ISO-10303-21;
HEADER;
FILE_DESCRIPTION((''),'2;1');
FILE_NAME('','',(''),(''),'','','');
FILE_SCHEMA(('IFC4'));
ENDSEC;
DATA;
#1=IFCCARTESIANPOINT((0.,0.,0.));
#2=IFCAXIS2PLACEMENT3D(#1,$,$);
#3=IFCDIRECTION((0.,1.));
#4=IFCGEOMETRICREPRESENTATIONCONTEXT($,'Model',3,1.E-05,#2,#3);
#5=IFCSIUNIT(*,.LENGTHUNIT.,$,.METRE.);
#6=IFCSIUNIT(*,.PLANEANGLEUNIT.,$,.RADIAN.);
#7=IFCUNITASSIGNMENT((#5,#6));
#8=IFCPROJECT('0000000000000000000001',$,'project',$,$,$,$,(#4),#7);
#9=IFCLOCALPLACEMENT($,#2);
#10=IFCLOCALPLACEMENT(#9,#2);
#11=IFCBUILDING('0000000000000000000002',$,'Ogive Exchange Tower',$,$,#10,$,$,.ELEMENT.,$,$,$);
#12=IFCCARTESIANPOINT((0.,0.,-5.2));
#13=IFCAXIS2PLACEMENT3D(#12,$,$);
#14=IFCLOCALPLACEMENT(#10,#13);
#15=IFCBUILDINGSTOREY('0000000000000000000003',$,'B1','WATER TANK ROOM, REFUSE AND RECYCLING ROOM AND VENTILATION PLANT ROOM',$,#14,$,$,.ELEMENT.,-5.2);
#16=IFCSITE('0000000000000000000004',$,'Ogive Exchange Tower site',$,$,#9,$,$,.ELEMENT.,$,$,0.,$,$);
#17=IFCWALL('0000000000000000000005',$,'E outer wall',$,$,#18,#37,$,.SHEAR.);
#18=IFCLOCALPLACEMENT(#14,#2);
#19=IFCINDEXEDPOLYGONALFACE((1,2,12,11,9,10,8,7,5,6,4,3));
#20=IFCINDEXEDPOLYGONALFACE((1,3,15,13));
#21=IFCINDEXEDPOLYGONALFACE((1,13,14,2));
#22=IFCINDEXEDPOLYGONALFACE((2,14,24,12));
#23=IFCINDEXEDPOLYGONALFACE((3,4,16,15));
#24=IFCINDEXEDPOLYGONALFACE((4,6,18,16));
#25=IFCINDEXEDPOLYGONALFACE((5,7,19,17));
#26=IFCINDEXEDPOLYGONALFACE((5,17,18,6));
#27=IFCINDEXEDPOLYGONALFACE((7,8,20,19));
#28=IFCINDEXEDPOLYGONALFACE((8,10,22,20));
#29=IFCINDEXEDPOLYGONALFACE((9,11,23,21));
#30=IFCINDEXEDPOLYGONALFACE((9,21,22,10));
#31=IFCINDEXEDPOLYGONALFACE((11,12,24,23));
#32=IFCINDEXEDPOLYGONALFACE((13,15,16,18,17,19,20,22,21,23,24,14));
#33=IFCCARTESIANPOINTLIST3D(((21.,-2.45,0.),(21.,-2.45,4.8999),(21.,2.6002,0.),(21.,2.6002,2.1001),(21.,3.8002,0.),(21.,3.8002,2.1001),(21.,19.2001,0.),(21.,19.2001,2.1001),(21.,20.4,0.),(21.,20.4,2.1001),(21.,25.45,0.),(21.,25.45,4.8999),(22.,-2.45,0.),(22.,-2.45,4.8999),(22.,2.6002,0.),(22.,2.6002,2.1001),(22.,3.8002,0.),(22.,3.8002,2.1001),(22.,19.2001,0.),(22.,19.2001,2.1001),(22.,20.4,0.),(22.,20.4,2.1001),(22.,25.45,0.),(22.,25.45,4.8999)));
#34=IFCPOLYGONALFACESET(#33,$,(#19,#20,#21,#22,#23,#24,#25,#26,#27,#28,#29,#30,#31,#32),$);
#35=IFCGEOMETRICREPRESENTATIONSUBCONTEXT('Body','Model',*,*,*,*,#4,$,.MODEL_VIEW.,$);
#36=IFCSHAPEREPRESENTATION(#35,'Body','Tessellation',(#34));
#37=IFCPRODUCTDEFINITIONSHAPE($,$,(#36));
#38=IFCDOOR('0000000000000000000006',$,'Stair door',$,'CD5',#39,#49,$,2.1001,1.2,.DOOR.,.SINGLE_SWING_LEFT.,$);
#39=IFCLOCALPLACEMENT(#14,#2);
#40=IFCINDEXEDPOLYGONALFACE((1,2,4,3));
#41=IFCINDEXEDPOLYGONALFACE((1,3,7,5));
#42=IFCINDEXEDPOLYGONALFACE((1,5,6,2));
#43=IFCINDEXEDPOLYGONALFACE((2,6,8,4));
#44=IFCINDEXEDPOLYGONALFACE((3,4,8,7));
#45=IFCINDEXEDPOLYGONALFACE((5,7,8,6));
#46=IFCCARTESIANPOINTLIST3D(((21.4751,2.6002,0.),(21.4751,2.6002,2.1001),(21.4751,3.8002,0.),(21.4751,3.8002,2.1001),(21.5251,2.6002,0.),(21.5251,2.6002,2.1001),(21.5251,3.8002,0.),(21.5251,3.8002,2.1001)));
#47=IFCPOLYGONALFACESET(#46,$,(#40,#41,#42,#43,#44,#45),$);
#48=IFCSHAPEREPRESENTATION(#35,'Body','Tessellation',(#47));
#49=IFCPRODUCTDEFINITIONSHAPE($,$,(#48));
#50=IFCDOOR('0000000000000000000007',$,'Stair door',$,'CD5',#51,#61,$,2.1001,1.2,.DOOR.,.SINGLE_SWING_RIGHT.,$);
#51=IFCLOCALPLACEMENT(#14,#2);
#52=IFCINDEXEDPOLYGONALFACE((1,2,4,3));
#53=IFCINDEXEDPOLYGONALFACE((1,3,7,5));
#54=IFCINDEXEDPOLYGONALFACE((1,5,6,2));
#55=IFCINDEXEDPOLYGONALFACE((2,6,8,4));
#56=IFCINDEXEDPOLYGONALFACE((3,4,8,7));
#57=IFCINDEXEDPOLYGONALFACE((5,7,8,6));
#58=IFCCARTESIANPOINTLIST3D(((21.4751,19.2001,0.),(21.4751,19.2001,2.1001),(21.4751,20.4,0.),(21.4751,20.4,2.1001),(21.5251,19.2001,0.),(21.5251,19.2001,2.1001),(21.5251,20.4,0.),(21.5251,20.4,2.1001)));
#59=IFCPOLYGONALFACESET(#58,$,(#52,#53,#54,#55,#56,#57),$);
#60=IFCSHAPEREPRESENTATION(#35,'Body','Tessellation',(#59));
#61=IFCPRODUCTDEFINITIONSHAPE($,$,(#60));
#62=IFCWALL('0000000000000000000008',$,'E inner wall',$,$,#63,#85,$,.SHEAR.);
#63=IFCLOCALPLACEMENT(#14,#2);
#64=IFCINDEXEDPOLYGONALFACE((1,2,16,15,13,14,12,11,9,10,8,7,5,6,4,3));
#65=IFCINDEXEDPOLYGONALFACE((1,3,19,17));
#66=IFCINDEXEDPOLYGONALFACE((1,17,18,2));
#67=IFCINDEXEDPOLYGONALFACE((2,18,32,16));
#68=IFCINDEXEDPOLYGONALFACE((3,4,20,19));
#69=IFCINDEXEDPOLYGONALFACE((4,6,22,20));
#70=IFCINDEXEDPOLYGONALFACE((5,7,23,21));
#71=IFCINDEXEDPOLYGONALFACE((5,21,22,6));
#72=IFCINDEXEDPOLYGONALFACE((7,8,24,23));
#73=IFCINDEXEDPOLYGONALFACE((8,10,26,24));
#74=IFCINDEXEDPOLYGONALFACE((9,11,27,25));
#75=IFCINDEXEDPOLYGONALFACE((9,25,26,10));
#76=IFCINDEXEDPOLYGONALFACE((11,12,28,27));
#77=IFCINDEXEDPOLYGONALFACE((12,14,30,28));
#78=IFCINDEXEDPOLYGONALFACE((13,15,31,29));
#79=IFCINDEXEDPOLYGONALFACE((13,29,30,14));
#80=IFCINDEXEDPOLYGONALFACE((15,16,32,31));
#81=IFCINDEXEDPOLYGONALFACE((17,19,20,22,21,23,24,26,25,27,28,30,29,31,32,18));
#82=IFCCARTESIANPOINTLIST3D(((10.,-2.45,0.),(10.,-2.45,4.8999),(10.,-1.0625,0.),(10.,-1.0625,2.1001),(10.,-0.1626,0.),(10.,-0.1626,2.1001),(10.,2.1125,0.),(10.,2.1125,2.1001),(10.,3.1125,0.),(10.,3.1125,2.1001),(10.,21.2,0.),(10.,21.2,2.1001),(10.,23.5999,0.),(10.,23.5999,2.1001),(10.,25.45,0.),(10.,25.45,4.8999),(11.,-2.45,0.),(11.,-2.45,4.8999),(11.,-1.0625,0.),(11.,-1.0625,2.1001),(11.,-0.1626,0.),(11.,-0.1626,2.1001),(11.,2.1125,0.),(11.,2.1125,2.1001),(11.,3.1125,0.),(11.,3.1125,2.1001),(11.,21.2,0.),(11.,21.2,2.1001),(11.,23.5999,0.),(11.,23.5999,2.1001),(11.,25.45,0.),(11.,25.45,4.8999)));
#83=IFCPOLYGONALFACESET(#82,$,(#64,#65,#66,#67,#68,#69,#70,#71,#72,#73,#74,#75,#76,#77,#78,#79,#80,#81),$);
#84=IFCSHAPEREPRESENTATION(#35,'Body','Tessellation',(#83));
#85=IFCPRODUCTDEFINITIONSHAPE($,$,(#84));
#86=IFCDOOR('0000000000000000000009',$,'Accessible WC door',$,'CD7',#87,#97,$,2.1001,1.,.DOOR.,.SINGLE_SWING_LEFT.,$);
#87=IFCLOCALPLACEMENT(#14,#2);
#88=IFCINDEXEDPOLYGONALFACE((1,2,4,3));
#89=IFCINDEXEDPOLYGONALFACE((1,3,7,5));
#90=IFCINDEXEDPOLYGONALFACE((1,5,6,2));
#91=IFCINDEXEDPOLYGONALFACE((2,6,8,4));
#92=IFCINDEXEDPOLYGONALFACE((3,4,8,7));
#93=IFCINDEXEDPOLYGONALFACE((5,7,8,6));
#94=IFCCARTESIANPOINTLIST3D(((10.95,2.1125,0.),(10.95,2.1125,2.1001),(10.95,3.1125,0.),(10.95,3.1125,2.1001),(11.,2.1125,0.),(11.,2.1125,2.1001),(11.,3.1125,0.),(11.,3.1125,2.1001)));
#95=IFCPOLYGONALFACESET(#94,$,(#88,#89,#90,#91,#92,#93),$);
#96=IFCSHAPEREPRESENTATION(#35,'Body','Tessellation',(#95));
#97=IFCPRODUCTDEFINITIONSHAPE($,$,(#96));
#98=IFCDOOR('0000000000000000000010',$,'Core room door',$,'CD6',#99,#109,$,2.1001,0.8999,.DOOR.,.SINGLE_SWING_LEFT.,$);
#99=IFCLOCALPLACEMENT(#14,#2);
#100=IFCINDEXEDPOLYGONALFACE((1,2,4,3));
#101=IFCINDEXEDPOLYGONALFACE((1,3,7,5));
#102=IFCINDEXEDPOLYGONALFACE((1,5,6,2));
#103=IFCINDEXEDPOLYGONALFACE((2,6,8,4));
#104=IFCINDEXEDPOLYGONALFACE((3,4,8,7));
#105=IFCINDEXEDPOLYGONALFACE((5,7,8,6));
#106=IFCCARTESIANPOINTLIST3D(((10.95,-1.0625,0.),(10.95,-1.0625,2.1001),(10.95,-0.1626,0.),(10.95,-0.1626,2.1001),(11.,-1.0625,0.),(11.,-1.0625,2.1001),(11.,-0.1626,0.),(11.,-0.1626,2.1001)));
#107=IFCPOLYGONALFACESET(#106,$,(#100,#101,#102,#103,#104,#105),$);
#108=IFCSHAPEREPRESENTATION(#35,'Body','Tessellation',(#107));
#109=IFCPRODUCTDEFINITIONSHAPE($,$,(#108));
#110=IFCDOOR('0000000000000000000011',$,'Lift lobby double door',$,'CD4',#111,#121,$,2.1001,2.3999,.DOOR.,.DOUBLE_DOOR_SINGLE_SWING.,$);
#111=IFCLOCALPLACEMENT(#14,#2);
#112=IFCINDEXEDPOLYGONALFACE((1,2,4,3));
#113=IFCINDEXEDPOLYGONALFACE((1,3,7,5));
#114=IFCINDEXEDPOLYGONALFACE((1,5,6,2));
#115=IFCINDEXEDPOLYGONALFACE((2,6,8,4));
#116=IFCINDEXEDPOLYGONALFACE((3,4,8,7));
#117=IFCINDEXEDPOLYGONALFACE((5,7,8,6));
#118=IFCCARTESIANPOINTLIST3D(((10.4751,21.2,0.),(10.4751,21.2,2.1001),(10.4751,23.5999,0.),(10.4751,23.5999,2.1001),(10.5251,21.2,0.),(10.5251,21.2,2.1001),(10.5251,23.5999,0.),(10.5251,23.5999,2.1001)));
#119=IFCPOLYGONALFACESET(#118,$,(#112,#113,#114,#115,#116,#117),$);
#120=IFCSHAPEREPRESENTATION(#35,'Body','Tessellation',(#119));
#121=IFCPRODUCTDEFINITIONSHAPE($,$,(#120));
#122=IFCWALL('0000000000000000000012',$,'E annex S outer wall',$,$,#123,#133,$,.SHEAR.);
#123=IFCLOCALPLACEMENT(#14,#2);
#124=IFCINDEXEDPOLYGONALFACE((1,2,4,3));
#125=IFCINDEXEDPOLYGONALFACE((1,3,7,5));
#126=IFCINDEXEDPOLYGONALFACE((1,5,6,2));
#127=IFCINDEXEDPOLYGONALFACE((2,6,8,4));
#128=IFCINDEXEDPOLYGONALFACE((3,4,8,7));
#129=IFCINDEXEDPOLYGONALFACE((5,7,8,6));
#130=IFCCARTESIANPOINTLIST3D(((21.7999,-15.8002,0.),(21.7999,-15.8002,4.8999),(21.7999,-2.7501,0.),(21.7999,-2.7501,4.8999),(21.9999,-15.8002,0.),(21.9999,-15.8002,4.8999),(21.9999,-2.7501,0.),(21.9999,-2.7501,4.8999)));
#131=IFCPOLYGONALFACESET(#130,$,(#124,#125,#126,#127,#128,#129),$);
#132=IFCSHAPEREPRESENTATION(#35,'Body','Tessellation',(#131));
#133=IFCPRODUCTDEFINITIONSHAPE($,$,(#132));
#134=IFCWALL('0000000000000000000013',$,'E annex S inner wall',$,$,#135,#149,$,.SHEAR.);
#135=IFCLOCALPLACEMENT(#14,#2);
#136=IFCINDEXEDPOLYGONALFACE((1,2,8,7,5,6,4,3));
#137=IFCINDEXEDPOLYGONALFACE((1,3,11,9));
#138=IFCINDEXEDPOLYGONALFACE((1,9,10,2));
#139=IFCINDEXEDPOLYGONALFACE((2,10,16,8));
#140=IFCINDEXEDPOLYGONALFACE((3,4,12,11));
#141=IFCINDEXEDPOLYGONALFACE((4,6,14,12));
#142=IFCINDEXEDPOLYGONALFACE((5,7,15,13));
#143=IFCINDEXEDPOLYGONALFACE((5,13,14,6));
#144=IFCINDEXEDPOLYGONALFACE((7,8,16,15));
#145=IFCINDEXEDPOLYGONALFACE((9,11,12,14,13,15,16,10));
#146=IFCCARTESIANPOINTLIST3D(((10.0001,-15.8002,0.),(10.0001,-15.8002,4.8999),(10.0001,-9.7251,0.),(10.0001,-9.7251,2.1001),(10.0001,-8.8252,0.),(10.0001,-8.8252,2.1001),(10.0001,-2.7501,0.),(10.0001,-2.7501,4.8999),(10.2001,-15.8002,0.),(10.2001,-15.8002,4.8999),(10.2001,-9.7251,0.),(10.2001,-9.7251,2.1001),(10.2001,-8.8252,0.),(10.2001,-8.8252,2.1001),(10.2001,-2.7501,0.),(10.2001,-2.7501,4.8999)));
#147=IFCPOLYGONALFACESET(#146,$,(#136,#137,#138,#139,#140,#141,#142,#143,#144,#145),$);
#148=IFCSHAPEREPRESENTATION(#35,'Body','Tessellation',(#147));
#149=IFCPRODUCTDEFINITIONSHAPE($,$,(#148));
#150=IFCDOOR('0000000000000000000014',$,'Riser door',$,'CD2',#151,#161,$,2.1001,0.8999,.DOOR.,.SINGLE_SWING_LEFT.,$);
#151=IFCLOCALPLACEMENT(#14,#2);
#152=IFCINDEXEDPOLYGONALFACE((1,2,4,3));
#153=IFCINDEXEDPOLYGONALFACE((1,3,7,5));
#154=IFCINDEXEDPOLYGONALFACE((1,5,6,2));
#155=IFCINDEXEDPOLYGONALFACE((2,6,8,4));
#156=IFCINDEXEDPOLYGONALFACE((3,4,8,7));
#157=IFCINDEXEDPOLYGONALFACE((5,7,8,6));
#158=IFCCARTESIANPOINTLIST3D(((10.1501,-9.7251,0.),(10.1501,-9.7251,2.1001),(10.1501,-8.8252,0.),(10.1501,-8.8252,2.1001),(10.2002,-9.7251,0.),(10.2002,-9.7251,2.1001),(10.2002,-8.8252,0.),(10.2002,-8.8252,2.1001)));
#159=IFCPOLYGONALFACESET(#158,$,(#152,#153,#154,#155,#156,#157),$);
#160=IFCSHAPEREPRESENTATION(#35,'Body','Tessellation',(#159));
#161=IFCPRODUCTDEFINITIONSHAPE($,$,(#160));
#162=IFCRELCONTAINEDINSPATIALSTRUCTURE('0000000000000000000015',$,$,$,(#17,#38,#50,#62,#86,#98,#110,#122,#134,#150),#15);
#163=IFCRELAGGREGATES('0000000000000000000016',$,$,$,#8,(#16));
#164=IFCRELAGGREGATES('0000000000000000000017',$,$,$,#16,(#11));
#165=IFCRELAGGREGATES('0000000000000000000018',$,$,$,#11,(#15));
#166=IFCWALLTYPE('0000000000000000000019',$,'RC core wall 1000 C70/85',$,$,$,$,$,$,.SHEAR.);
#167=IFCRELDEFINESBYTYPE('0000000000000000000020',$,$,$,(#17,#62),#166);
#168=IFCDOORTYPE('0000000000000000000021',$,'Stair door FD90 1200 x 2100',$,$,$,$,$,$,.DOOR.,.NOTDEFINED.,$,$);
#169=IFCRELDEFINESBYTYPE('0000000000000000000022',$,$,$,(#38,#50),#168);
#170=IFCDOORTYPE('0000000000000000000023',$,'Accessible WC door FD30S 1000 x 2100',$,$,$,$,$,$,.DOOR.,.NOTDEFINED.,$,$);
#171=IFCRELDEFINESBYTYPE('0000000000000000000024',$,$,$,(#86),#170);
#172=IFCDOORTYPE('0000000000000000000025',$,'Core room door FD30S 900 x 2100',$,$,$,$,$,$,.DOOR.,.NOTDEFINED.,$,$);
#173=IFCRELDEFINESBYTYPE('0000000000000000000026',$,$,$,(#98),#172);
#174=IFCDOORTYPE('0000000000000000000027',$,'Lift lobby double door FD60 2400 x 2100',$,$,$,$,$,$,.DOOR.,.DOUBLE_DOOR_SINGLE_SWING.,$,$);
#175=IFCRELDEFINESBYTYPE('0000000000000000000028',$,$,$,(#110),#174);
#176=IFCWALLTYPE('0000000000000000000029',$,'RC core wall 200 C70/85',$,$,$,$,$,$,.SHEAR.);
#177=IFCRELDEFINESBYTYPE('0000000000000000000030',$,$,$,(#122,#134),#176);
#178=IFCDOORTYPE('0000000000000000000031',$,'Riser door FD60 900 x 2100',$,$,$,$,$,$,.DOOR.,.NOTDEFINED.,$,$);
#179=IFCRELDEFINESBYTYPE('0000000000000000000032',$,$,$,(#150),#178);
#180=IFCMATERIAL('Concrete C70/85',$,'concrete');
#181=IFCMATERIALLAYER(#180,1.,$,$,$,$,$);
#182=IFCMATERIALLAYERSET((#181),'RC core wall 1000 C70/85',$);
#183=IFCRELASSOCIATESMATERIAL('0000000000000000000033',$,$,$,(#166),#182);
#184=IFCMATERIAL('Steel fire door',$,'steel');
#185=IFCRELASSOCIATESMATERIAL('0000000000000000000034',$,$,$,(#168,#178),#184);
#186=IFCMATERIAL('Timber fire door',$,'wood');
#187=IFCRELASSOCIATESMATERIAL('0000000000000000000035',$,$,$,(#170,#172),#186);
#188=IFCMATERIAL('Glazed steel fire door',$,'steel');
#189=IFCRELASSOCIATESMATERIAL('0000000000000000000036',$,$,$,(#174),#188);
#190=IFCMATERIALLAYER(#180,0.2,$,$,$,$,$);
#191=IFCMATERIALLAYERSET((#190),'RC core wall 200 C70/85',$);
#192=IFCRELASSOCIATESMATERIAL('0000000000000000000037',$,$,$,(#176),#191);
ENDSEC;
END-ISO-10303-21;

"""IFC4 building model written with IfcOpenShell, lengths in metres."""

from ifc_helpers import new_model, si_unit, direction, frame, frame_2d, origin, place, context, subcontext, project, spatial, rectangle, extrude, material, layer, layer_set, type_object, element, fill, save


model = new_model("IFC4")

# Units and contexts
model_context = context("Model", 3, precision=1e-05, world=origin(), true_north=direction((0.0, 1.0)))
body_context = subcontext(model_context, "Body", "Model", "MODEL_VIEW")
ifc_project = project(units=[si_unit("LENGTHUNIT", "METRE"), si_unit("PLANEANGLEUNIT", "RADIAN")], contexts=[model_context])

# Site, building, storey
site_placement = place(None, origin())
site = spatial("IfcSite", under=ifc_project, at=site_placement, Name="Ogive Exchange Tower site", CompositionType="ELEMENT", RefElevation=0.0)
building_placement = place(site_placement, origin())
building = spatial("IfcBuilding", under=site, at=building_placement, Name="Ogive Exchange Tower", CompositionType="ELEMENT")
storey_placement = place(building_placement, frame((0.0, 0.0, -5.2)))
storey = spatial("IfcBuildingStorey", under=building, at=storey_placement, Name="B1", Description="WATER TANK ROOM, REFUSE AND RECYCLING ROOM AND VENTILATION PLANT ROOM", CompositionType="ELEMENT", Elevation=-5.2)

# Walls, openings, doors
ifc_material_1 = material(Name="Concrete C70/85", Category="concrete")
ifc_layer_1 = layer(ifc_material_1, 1.0)
ifc_layer_set_1 = layer_set([ifc_layer_1], Name="RC core wall 1000 C70/85")
wall_type_1 = type_object("IfcWallType", Name="RC core wall 1000 C70/85", PredefinedType="SHEAR", material=ifc_layer_set_1)
wall_1_placement = place(storey_placement, frame((21.5, -2.45, 0.0), z_axis=(0.0, 0.0, 1.0), x_axis=(0.0, 1.0, 0.0)))
wall_1 = element("IfcWall", 1, at=wall_1_placement, inside=storey, type_object=wall_type_1, Name="E outer wall", PredefinedType="SHEAR", context=body_context, shape_type="SweptSolid", body=[
    extrude(rectangle(XDim=27.8999, YDim=1.0, at=frame_2d((13.95, 0.0))), origin(), (0.0, 0.0, 1.0), 4.8999),
])
opening_1_placement = place(wall_1_placement, frame((5.05, 0.0, 0.0)))
opening_1 = element("IfcOpeningElement", 2, at=opening_1_placement, cuts=wall_1, PredefinedType="OPENING", context=body_context, shape_type="SweptSolid", body=[
    extrude(rectangle(XDim=1.2, YDim=2.1001, at=frame_2d((0.6001, 1.05))), frame((0.0, 0.51, 0.0), z_axis=(0.0, -1.0, 0.0), x_axis=(1.0, 0.0, 0.0)), (0.0, 0.0, 1.0), 1.02),
])
opening_2_placement = place(wall_1_placement, frame((21.6499, 0.0, 0.0)))
opening_2 = element("IfcOpeningElement", 3, at=opening_2_placement, cuts=wall_1, PredefinedType="OPENING", context=body_context, shape_type="SweptSolid", body=[
    extrude(rectangle(XDim=1.2, YDim=2.1001, at=frame_2d((0.6001, 1.05))), frame((0.0, 0.51, 0.0), z_axis=(0.0, -1.0, 0.0), x_axis=(1.0, 0.0, 0.0)), (0.0, 0.0, 1.0), 1.02),
])
ifc_material_2 = material(Name="Steel fire door", Category="steel")
door_type_1 = type_object("IfcDoorType", Name="Stair door FD90 1200 x 2100", OperationType="NOTDEFINED", PredefinedType="DOOR", material=ifc_material_2)
door_1_placement = place(opening_1_placement, origin())
door_1 = element("IfcDoor", 4, at=door_1_placement, inside=storey, type_object=door_type_1, Name="Stair door", ObjectType="CD5", OperationType="SINGLE_SWING_LEFT", OverallHeight=2.1001, OverallWidth=1.2, PredefinedType="DOOR", context=body_context, shape_type="SweptSolid", body=[
    extrude(rectangle(XDim=1.2, YDim=2.1001, at=frame_2d((0.6001, 1.05))), frame((0.0, 0.0249, 0.0), z_axis=(0.0, -1.0, 0.0), x_axis=(1.0, 0.0, 0.0)), (0.0, 0.0, 1.0), 0.05),
])
fill(opening_1, door_1)
door_2_placement = place(opening_2_placement, origin())
door_2 = element("IfcDoor", 5, at=door_2_placement, inside=storey, type_object=door_type_1, Name="Stair door", ObjectType="CD5", OperationType="SINGLE_SWING_RIGHT", OverallHeight=2.1001, OverallWidth=1.2, PredefinedType="DOOR", context=body_context, shape_type="SweptSolid", body=[
    extrude(rectangle(XDim=1.2, YDim=2.1001, at=frame_2d((0.6001, 1.05))), frame((0.0, 0.0249, 0.0), z_axis=(0.0, -1.0, 0.0), x_axis=(1.0, 0.0, 0.0)), (0.0, 0.0, 1.0), 0.05),
])
fill(opening_2, door_2)
wall_2_placement = place(storey_placement, frame((10.5, -2.45, 0.0), z_axis=(0.0, 0.0, 1.0), x_axis=(0.0, 1.0, 0.0)))
wall_2 = element("IfcWall", 6, at=wall_2_placement, inside=storey, type_object=wall_type_1, Name="E inner wall", PredefinedType="SHEAR", context=body_context, shape_type="SweptSolid", body=[
    extrude(rectangle(XDim=27.8999, YDim=1.0, at=frame_2d((13.95, 0.0))), origin(), (0.0, 0.0, 1.0), 4.8999),
])
opening_3_placement = place(wall_2_placement, frame((23.6499, 0.0, 0.0)))
opening_3 = element("IfcOpeningElement", 7, at=opening_3_placement, cuts=wall_2, PredefinedType="OPENING", context=body_context, shape_type="SweptSolid", body=[
    extrude(rectangle(XDim=2.3999, YDim=2.1001, at=frame_2d((1.2, 1.05))), frame((0.0, 0.51, 0.0), z_axis=(0.0, -1.0, 0.0), x_axis=(1.0, 0.0, 0.0)), (0.0, 0.0, 1.0), 1.02),
])
opening_4_placement = place(wall_2_placement, frame((1.3875, 0.0, 0.0)))
opening_4 = element("IfcOpeningElement", 8, at=opening_4_placement, cuts=wall_2, PredefinedType="OPENING", context=body_context, shape_type="SweptSolid", body=[
    extrude(rectangle(XDim=0.8999, YDim=2.1001, at=frame_2d((0.45, 1.05))), frame((0.0, 0.51, 0.0), z_axis=(0.0, -1.0, 0.0), x_axis=(1.0, 0.0, 0.0)), (0.0, 0.0, 1.0), 1.02),
])
opening_5_placement = place(wall_2_placement, frame((4.5625, 0.0, 0.0)))
opening_5 = element("IfcOpeningElement", 9, at=opening_5_placement, cuts=wall_2, PredefinedType="OPENING", context=body_context, shape_type="SweptSolid", body=[
    extrude(rectangle(XDim=1.0, YDim=2.1001, at=frame_2d((0.5, 1.05))), frame((0.0, 0.51, 0.0), z_axis=(0.0, -1.0, 0.0), x_axis=(1.0, 0.0, 0.0)), (0.0, 0.0, 1.0), 1.02),
])
ifc_material_3 = material(Name="Timber fire door", Category="wood")
door_type_2 = type_object("IfcDoorType", Name="Accessible WC door FD30S 1000 x 2100", OperationType="NOTDEFINED", PredefinedType="DOOR", material=ifc_material_3)
door_3_placement = place(opening_5_placement, frame((1.0, -0.9502, 0.0), z_axis=(0.0, 0.0, 1.0), x_axis=(-1.0, 0.0, 0.0)))
door_3 = element("IfcDoor", 10, at=door_3_placement, inside=storey, type_object=door_type_2, Name="Accessible WC door", ObjectType="CD7", OperationType="SINGLE_SWING_LEFT", OverallHeight=2.1001, OverallWidth=1.0, PredefinedType="DOOR", context=body_context, shape_type="SweptSolid", body=[
    extrude(rectangle(XDim=1.0, YDim=2.1001, at=frame_2d((0.5, 1.05))), frame((0.0, -0.4502, 0.0), z_axis=(0.0, -1.0, 0.0), x_axis=(1.0, 0.0, 0.0)), (0.0, 0.0, 1.0), 0.05),
])
fill(opening_5, door_3)
door_type_3 = type_object("IfcDoorType", Name="Core room door FD30S 900 x 2100", OperationType="NOTDEFINED", PredefinedType="DOOR", material=ifc_material_3)
door_4_placement = place(opening_4_placement, frame((0.8999, -0.9502, 0.0), z_axis=(0.0, 0.0, 1.0), x_axis=(-1.0, 0.0, 0.0)))
door_4 = element("IfcDoor", 11, at=door_4_placement, inside=storey, type_object=door_type_3, Name="Core room door", ObjectType="CD6", OperationType="SINGLE_SWING_LEFT", OverallHeight=2.1001, OverallWidth=0.8999, PredefinedType="DOOR", context=body_context, shape_type="SweptSolid", body=[
    extrude(rectangle(XDim=0.8999, YDim=2.1001, at=frame_2d((0.45, 1.05))), frame((0.0, -0.4502, 0.0), z_axis=(0.0, -1.0, 0.0), x_axis=(1.0, 0.0, 0.0)), (0.0, 0.0, 1.0), 0.05),
])
fill(opening_4, door_4)
ifc_material_4 = material(Name="Glazed steel fire door", Category="steel")
door_type_4 = type_object("IfcDoorType", Name="Lift lobby double door FD60 2400 x 2100", OperationType="DOUBLE_DOOR_SINGLE_SWING", PredefinedType="DOOR", material=ifc_material_4)
door_5_placement = place(opening_3_placement, origin())
door_5 = element("IfcDoor", 12, at=door_5_placement, inside=storey, type_object=door_type_4, Name="Lift lobby double door", ObjectType="CD4", OperationType="DOUBLE_DOOR_SINGLE_SWING", OverallHeight=2.1001, OverallWidth=2.3999, PredefinedType="DOOR", context=body_context, shape_type="SweptSolid", body=[
    extrude(rectangle(XDim=2.3999, YDim=2.1001, at=frame_2d((1.2, 1.05))), frame((0.0, 0.0249, 0.0), z_axis=(0.0, -1.0, 0.0), x_axis=(1.0, 0.0, 0.0)), (0.0, 0.0, 1.0), 0.05),
])
fill(opening_3, door_5)

# Wall
ifc_layer_2 = layer(ifc_material_1, 0.2)
ifc_layer_set_2 = layer_set([ifc_layer_2], Name="RC core wall 200 C70/85")
wall_type_2 = type_object("IfcWallType", Name="RC core wall 200 C70/85", PredefinedType="SHEAR", material=ifc_layer_set_2)
wall_3_placement = place(storey_placement, frame((21.8999, -15.8, 0.0), z_axis=(0.0, 0.0, 1.0), x_axis=(0.0, 1.0, 0.0)))
element("IfcWall", 13, at=wall_3_placement, inside=storey, type_object=wall_type_2, Name="E annex S outer wall", PredefinedType="SHEAR", context=body_context, shape_type="SweptSolid", body=[
    extrude(rectangle(XDim=13.05, YDim=0.2, at=frame_2d((6.5249, 0.0))), origin(), (0.0, 0.0, 1.0), 4.8999),
])

# Wall, opening, door
wall_4_placement = place(storey_placement, frame((10.1001, -15.8, 0.0), z_axis=(0.0, 0.0, 1.0), x_axis=(0.0, 1.0, 0.0)))
wall_4 = element("IfcWall", 14, at=wall_4_placement, inside=storey, type_object=wall_type_2, Name="E annex S inner wall", PredefinedType="SHEAR", context=body_context, shape_type="SweptSolid", body=[
    extrude(rectangle(XDim=13.05, YDim=0.2, at=frame_2d((6.5249, 0.0))), origin(), (0.0, 0.0, 1.0), 4.8999),
])
opening_6_placement = place(wall_4_placement, frame((6.075, 0.0, 0.0)))
opening_6 = element("IfcOpeningElement", 15, at=opening_6_placement, cuts=wall_4, PredefinedType="OPENING", context=body_context, shape_type="SweptSolid", body=[
    extrude(rectangle(XDim=0.8999, YDim=2.1001, at=frame_2d((0.45, 1.05))), frame((0.0, 0.1099, 0.0), z_axis=(0.0, -1.0, 0.0), x_axis=(1.0, 0.0, 0.0)), (0.0, 0.0, 1.0), 0.22),
])
door_type_5 = type_object("IfcDoorType", Name="Riser door FD60 900 x 2100", OperationType="NOTDEFINED", PredefinedType="DOOR", material=ifc_material_2)
door_6_placement = place(opening_6_placement, frame((0.8999, -0.1499, 0.0), z_axis=(0.0, 0.0, 1.0), x_axis=(-1.0, 0.0, 0.0)))
door_6 = element("IfcDoor", 16, at=door_6_placement, inside=storey, type_object=door_type_5, Name="Riser door", ObjectType="CD2", OperationType="SINGLE_SWING_LEFT", OverallHeight=2.1001, OverallWidth=0.8999, PredefinedType="DOOR", context=body_context, shape_type="SweptSolid", body=[
    extrude(rectangle(XDim=0.8999, YDim=2.1001, at=frame_2d((0.45, 1.05))), frame((0.0, -0.0498, 0.0), z_axis=(0.0, -1.0, 0.0), x_axis=(1.0, 0.0, 0.0)), (0.0, 0.0, 1.0), 0.05),
])
fill(opening_6, door_6)

save(model, "model.ifc")
